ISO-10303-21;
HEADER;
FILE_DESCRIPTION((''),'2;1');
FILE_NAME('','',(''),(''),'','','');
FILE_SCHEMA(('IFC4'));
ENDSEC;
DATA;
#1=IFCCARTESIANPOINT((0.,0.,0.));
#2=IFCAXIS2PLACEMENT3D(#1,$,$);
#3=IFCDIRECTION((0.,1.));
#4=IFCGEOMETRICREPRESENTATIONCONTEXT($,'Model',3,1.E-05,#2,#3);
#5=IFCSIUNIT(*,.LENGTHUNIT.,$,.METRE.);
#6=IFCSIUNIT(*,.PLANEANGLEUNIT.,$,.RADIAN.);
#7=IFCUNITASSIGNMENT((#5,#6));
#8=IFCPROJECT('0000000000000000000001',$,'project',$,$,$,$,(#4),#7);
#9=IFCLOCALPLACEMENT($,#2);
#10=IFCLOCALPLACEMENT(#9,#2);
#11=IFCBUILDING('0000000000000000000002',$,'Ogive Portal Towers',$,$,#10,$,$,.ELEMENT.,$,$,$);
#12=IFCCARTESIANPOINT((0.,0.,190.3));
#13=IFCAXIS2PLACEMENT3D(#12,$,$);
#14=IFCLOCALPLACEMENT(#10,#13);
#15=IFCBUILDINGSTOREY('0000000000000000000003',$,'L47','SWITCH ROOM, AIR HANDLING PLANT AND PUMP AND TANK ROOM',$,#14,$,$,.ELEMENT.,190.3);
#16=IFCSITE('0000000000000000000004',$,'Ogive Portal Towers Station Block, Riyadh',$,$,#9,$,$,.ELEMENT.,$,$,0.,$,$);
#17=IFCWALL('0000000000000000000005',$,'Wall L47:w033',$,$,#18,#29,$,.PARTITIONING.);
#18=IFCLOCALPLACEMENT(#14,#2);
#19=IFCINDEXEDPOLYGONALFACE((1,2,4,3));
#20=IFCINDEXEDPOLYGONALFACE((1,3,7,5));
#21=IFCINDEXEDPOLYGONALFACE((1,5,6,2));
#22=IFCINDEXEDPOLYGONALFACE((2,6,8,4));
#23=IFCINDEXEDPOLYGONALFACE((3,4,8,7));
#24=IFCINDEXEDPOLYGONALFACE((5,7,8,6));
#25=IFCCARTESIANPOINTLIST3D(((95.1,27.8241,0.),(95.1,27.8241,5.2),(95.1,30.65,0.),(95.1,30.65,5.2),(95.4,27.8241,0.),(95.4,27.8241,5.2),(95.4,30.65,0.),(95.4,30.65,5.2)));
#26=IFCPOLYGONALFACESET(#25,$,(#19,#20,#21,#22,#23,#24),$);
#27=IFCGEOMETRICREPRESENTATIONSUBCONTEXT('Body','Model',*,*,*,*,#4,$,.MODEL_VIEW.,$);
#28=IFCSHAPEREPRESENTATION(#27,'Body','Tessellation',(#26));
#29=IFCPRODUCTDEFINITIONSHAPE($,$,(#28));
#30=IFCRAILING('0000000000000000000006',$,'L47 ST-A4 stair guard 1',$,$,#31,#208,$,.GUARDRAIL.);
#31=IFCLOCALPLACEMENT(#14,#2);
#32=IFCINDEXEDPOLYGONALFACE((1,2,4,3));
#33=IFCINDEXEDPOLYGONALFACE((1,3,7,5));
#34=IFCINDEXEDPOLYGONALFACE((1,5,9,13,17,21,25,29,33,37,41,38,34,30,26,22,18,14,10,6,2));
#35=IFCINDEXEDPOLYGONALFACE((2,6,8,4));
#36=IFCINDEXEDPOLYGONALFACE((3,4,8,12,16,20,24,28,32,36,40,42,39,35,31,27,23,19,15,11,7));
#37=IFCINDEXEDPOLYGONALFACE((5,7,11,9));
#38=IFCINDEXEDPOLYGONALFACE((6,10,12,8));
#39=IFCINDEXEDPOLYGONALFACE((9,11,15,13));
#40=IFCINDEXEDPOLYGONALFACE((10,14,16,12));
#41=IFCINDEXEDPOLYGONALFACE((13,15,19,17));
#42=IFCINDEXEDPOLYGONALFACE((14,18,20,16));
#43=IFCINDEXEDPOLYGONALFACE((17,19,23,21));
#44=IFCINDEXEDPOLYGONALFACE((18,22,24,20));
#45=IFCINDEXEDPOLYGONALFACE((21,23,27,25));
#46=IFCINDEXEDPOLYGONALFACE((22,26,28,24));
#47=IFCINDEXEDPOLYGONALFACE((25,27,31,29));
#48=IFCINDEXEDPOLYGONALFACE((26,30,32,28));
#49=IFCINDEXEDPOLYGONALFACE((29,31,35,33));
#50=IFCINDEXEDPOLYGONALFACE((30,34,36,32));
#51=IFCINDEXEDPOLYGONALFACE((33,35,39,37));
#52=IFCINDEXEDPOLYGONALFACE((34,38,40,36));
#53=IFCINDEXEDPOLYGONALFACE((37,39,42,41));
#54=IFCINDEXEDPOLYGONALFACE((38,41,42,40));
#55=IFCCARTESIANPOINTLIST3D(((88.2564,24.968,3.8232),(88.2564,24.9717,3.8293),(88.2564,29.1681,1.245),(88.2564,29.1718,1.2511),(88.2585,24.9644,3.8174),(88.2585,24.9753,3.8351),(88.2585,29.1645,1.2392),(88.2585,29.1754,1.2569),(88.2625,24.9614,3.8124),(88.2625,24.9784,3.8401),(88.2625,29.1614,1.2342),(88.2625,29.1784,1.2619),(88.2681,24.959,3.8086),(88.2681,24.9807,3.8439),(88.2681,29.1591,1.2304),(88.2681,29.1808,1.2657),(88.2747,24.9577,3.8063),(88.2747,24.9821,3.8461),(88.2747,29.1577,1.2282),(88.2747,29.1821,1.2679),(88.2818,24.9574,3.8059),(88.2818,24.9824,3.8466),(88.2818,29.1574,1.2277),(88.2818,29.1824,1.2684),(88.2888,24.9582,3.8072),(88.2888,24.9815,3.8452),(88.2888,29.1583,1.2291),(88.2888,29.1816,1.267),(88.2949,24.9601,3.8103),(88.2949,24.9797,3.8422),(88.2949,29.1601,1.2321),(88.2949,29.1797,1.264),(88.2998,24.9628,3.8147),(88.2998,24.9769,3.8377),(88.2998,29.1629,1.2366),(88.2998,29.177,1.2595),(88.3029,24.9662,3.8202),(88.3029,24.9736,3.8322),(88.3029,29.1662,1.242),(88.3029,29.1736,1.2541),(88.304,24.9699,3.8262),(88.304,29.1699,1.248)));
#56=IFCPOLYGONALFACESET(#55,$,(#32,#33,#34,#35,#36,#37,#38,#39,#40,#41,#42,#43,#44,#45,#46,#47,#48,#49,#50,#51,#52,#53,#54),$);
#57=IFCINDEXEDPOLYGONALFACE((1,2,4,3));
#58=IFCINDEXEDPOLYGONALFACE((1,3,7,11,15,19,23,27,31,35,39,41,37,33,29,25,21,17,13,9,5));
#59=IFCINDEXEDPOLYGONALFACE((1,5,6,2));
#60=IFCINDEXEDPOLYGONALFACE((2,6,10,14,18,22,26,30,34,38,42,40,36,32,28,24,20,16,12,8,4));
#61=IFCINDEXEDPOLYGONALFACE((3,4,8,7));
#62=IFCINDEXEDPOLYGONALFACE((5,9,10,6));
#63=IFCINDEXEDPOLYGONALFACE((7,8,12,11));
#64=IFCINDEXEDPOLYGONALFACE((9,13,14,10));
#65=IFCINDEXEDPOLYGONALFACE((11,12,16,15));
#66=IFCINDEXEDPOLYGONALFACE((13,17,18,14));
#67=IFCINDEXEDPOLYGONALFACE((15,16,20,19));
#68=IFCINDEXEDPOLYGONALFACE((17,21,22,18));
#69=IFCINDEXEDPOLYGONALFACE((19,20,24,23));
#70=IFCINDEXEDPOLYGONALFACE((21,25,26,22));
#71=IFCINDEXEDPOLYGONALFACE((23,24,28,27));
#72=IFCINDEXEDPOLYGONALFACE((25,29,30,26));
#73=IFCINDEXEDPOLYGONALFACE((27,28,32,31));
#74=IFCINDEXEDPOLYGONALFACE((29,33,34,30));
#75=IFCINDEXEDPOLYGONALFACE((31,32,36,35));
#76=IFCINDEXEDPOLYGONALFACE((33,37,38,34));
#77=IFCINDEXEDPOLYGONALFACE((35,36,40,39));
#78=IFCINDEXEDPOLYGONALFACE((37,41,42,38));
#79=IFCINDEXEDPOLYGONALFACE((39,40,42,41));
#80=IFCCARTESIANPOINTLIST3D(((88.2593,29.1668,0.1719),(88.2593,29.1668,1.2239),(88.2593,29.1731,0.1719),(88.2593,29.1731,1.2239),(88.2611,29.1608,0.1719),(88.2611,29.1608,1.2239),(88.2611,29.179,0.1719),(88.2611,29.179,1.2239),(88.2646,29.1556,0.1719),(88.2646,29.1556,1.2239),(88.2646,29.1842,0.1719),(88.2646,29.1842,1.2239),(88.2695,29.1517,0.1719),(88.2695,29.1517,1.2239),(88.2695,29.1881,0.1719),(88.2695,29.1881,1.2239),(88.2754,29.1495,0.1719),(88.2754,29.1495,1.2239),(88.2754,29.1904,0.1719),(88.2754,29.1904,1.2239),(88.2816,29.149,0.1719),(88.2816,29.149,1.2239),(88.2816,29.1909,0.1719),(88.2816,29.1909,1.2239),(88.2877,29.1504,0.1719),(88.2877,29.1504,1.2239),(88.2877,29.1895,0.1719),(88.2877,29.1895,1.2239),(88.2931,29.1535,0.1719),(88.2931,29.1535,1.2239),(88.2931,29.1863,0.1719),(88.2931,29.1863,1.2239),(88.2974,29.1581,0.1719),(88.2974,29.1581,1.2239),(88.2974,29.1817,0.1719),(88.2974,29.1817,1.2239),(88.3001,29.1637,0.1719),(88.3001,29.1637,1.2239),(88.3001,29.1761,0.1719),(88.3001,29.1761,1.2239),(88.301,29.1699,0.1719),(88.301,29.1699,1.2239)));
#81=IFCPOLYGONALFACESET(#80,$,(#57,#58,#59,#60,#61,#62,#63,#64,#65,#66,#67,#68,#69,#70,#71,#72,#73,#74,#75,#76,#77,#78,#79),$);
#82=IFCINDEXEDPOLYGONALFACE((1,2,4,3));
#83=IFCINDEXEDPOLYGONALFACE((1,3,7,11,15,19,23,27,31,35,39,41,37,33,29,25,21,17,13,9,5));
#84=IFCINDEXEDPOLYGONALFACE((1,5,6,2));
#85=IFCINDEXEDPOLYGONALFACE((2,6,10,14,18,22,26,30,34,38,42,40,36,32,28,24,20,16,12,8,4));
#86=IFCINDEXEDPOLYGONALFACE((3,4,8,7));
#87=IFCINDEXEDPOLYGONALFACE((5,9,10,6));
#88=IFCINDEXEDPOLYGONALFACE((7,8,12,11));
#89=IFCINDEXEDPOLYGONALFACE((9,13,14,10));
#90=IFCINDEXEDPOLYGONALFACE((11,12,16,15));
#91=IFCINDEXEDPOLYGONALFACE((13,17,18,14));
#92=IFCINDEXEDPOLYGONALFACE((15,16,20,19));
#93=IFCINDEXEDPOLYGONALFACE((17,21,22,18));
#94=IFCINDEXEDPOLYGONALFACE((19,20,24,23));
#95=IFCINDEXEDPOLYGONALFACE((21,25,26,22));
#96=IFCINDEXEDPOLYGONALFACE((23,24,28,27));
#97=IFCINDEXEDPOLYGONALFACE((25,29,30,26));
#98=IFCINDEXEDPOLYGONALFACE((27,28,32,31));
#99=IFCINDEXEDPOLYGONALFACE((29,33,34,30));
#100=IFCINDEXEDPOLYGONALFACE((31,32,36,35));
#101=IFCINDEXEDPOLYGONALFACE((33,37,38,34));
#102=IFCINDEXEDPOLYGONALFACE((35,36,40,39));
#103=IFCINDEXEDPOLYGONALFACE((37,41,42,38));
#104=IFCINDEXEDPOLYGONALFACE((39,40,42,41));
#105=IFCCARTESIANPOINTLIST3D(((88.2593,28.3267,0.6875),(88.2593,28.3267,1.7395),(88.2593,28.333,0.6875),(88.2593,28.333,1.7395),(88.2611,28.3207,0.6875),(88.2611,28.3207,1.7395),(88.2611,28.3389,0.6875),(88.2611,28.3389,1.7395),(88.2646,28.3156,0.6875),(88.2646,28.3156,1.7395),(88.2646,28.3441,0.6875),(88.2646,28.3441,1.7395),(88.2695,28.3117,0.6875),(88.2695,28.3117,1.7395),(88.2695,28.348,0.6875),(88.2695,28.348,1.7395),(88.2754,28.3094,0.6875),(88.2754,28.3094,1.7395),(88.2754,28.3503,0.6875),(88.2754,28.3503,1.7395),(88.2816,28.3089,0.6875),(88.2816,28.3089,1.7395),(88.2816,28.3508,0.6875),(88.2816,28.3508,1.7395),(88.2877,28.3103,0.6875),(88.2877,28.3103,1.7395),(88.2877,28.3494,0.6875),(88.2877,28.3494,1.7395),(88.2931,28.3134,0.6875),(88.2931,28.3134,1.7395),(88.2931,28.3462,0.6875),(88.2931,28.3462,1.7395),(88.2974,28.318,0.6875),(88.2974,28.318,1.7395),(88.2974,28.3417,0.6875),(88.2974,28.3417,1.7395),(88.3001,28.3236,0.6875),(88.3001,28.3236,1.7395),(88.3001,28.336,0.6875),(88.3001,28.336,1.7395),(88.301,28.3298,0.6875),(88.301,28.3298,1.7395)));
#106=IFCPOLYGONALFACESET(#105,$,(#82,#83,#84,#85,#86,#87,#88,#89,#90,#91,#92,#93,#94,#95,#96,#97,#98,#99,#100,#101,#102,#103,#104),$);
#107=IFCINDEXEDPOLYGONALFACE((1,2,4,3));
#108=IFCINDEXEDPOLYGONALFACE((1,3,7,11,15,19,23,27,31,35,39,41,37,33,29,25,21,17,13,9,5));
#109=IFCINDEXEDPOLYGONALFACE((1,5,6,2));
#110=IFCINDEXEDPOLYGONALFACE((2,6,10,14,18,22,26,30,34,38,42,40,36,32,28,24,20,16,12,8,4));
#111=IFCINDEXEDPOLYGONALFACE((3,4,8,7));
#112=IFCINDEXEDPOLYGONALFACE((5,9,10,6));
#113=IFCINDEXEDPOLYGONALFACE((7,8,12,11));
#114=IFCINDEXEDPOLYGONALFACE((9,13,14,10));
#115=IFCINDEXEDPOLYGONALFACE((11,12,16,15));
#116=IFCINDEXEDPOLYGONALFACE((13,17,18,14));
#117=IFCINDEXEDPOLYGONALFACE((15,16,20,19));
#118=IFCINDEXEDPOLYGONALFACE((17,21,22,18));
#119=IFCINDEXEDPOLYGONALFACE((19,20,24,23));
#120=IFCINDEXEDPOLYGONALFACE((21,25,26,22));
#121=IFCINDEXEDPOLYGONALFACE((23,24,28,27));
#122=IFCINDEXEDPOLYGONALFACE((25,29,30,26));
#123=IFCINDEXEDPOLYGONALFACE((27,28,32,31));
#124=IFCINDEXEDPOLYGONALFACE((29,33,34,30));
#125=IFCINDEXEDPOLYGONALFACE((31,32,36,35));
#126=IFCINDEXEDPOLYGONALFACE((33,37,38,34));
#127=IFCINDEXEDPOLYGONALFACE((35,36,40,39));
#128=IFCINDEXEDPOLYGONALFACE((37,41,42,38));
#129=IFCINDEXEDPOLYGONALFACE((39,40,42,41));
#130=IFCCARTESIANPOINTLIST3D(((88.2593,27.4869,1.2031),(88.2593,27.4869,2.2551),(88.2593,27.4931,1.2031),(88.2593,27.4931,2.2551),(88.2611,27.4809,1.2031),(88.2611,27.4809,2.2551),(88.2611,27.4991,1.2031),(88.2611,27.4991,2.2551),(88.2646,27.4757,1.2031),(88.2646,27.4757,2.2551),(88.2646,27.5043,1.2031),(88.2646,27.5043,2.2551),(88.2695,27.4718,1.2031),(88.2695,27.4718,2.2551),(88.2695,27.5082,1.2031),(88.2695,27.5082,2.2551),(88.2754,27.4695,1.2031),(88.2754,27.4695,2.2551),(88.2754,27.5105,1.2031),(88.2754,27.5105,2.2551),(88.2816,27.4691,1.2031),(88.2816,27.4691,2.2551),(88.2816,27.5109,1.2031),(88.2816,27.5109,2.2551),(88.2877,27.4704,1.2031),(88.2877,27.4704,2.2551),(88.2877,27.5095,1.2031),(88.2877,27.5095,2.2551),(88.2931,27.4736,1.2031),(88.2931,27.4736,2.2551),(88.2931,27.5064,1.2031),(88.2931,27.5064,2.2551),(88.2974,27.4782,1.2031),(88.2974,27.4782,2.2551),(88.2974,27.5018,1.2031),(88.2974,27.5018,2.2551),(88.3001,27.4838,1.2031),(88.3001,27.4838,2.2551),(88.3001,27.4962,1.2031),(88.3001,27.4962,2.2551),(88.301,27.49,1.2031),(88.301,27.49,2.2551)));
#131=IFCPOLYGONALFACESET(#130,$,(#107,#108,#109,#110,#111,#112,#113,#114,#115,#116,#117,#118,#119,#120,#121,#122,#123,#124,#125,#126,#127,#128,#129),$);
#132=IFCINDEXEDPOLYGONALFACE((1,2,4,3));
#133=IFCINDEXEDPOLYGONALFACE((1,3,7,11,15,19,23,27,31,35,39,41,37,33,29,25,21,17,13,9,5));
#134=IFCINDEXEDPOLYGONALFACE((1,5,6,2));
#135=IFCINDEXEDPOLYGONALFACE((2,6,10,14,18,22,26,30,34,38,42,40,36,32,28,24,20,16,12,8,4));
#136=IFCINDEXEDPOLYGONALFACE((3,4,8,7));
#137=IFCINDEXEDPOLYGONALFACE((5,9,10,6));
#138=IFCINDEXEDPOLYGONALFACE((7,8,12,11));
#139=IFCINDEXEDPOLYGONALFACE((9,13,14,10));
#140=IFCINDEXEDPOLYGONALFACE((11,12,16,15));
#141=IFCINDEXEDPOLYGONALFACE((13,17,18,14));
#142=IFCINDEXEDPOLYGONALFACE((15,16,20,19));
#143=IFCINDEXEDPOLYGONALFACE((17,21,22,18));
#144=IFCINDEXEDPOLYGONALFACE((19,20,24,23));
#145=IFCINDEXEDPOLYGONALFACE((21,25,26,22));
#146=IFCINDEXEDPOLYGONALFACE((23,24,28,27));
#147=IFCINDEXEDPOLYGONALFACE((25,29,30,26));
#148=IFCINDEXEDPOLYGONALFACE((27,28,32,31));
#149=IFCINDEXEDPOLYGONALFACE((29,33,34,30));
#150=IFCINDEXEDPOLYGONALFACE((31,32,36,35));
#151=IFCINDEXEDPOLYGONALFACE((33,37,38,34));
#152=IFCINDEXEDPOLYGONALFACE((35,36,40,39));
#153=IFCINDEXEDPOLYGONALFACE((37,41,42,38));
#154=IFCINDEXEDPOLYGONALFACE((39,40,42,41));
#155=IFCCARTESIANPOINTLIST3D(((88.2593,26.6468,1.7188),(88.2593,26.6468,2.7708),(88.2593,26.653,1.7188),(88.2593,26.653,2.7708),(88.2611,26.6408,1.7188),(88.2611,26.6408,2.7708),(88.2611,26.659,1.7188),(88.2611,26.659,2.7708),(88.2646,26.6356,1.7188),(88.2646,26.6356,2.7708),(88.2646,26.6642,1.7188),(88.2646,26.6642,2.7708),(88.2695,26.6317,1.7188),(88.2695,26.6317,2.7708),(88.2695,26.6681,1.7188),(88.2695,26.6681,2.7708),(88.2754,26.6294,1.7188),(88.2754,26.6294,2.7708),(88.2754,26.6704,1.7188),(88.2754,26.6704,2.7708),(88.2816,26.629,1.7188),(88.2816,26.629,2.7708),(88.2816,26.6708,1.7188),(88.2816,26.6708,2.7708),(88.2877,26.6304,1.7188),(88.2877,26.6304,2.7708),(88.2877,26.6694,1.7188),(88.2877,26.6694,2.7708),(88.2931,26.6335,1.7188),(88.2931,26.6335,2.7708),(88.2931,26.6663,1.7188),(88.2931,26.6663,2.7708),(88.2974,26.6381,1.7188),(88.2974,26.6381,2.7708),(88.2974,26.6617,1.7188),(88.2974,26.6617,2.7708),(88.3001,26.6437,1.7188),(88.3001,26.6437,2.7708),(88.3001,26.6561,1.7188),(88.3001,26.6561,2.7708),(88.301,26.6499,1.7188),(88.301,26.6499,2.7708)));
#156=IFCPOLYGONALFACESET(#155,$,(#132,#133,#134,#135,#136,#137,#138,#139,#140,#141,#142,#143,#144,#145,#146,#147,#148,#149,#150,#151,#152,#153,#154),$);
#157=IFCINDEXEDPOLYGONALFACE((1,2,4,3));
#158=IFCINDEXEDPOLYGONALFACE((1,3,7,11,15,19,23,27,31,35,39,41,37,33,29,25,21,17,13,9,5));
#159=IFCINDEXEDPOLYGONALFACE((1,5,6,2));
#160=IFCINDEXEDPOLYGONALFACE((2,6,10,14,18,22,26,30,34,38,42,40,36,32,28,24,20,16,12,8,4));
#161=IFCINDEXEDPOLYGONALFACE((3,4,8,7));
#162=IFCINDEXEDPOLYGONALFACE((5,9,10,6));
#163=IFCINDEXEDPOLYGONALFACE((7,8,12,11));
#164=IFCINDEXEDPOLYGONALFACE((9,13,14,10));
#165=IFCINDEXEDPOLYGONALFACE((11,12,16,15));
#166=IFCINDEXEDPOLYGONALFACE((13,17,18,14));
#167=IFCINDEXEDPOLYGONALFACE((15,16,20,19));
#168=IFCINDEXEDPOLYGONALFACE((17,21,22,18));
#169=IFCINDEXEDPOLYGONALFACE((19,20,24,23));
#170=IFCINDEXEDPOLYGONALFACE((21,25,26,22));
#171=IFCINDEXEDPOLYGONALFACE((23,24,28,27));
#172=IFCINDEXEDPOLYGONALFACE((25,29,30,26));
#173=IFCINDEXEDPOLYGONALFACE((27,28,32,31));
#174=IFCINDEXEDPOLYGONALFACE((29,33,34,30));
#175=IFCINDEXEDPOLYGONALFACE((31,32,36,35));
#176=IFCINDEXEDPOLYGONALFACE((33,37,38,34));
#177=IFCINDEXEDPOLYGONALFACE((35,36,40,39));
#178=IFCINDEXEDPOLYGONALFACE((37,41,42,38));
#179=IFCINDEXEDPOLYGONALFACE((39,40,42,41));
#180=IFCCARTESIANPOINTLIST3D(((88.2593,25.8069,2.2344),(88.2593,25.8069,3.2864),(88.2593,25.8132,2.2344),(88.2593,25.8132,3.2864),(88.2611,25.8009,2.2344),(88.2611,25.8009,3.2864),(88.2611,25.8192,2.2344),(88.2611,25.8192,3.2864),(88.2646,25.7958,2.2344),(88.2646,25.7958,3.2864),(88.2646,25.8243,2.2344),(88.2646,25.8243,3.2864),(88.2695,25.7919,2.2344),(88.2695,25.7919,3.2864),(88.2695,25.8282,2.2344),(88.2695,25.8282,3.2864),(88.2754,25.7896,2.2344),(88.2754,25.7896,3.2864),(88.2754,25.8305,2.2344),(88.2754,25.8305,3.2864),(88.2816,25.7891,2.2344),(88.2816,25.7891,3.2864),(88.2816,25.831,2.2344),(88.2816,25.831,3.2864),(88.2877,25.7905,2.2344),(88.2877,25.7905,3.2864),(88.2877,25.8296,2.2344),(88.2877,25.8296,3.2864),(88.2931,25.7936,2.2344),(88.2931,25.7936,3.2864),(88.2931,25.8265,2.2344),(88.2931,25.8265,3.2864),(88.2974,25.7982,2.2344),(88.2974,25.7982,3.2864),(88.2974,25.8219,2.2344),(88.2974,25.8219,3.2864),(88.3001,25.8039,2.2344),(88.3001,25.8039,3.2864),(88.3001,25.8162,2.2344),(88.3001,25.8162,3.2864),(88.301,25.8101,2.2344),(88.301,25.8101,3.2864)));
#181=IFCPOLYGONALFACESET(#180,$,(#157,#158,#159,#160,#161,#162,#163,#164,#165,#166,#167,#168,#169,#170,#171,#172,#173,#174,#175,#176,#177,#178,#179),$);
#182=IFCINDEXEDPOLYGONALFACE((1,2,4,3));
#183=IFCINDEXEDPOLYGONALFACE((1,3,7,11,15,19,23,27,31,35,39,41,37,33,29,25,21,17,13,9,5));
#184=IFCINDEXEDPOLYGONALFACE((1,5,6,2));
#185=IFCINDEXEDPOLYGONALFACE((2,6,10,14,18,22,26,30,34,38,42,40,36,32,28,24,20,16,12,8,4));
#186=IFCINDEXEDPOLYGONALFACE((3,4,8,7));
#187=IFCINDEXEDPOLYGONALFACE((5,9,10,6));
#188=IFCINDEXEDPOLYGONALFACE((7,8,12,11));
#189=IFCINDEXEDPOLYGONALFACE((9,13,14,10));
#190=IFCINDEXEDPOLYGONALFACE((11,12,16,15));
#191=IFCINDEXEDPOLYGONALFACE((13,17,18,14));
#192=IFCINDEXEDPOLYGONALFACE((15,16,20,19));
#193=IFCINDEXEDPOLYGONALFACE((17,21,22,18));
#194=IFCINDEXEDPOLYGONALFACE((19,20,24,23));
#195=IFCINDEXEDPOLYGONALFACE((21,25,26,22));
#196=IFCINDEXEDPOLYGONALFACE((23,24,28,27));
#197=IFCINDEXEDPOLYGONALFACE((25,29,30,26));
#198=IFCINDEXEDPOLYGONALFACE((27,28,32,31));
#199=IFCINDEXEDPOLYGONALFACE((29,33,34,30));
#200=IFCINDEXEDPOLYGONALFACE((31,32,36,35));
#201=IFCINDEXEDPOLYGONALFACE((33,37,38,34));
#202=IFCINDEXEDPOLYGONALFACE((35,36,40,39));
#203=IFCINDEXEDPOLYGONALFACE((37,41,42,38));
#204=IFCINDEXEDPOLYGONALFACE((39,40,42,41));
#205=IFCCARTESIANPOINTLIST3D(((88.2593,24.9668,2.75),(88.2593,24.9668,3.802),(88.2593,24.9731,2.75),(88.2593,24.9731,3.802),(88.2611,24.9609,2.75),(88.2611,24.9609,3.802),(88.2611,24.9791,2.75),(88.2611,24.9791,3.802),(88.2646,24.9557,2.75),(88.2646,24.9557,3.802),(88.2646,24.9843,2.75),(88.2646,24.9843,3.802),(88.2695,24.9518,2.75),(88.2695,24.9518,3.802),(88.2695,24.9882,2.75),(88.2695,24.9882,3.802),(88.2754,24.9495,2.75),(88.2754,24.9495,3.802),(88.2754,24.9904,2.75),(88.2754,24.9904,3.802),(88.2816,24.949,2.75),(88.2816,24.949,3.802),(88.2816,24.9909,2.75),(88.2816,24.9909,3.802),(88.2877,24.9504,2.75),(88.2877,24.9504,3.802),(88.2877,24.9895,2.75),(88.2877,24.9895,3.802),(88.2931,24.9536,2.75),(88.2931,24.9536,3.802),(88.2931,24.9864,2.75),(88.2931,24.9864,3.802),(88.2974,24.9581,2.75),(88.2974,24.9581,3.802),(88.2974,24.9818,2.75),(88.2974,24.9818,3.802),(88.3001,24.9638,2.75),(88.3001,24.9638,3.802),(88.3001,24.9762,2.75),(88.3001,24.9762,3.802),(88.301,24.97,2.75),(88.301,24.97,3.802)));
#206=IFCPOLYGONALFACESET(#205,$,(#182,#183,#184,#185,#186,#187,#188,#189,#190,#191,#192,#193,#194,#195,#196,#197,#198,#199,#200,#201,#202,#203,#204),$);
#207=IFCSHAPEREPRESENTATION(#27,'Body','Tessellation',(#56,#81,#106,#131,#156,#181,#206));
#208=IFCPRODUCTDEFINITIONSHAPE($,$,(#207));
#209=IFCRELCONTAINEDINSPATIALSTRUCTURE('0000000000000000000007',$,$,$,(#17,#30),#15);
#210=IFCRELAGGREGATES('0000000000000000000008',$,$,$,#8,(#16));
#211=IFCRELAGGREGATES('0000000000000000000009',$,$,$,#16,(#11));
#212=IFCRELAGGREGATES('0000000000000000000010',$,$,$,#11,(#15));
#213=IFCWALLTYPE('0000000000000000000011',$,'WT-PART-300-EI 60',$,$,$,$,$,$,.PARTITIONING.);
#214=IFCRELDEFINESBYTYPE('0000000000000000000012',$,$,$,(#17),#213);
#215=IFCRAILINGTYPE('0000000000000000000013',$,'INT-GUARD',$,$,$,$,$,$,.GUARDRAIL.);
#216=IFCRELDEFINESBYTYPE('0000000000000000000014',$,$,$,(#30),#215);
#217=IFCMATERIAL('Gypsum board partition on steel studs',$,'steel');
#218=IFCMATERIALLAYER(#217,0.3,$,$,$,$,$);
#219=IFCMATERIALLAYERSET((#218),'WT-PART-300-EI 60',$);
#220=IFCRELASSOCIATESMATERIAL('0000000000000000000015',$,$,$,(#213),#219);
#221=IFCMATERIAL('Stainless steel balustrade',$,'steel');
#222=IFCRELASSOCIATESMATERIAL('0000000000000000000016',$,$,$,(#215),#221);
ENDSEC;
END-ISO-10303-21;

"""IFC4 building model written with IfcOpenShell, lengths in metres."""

from ifc_helpers import new_model, si_unit, direction, frame, frame_2d, origin, origin_2d, place, context, subcontext, project, spatial, rectangle, circle, extrude, material, layer, layer_set, type_object, element, save


model = new_model("IFC4")

# Units and contexts
model_context = context("Model", 3, precision=1e-05, world=origin(), true_north=direction((0.0, 1.0)))
body_context = subcontext(model_context, "Body", "Model", "MODEL_VIEW")
ifc_project = project(units=[si_unit("LENGTHUNIT", "METRE"), si_unit("PLANEANGLEUNIT", "RADIAN")], contexts=[model_context])

# Site, building, storey
site_placement = place(None, origin())
site = spatial("IfcSite", under=ifc_project, at=site_placement, Name="Ogive Portal Towers Station Block, Riyadh", CompositionType="ELEMENT", RefElevation=0.0)
building_placement = place(site_placement, origin())
building = spatial("IfcBuilding", under=site, at=building_placement, Name="Ogive Portal Towers", CompositionType="ELEMENT")
storey_placement = place(building_placement, frame((0.0, 0.0, 190.3)))
storey = spatial("IfcBuildingStorey", under=building, at=storey_placement, Name="L47", Description="SWITCH ROOM, AIR HANDLING PLANT AND PUMP AND TANK ROOM", CompositionType="ELEMENT", Elevation=190.3)

# Wall
ifc_material_1 = material(Name="Gypsum board partition on steel studs", Category="steel")
ifc_layer_1 = layer(ifc_material_1, 0.3)
ifc_layer_set_1 = layer_set([ifc_layer_1], Name="WT-PART-300-EI 60")
wall_type_1 = type_object("IfcWallType", Name="WT-PART-300-EI 60", PredefinedType="PARTITIONING", material=ifc_layer_set_1)
wall_1_placement = place(storey_placement, frame((95.25, 27.824, 0.0), z_axis=(0.0, 0.0, 1.0), x_axis=(0.0, 1.0, 0.0)))
element("IfcWall", 1, at=wall_1_placement, inside=storey, type_object=wall_type_1, Name="Wall L47:w033", PredefinedType="PARTITIONING", context=body_context, shape_type="SweptSolid", body=[
    extrude(rectangle(XDim=2.8259, YDim=0.3, at=frame_2d((1.4131, 0.0))), origin(), (0.0, 0.0, 1.0), 5.2),
])

# Railing
ifc_material_2 = material(Name="Stainless steel balustrade", Category="steel")
railing_type_1 = type_object("IfcRailingType", Name="INT-GUARD", PredefinedType="GUARDRAIL", material=ifc_material_2)
railing_1_placement = place(storey_placement, frame((88.28, 29.1699, 0.1719)))
element("IfcRailing", 2, at=railing_1_placement, inside=storey, type_object=railing_type_1, Name="L47 ST-A4 stair guard 1", PredefinedType="GUARDRAIL", context=body_context, shape_type="SweptSolid", body=[
    extrude(circle(Radius=0.0239, at=origin_2d()), frame((0.0, 0.0, 1.0762), z_axis=(0.0, -0.852243, 0.523146), x_axis=(1.0, 0.0, 0.0)), (0.0, 0.0, 1.0), 4.9282),
    extrude(circle(Radius=0.021, at=origin_2d()), origin(), (0.0, 0.0, 1.0), 1.052),
    extrude(circle(Radius=0.021, at=origin_2d()), frame((0.0, -0.8401, 0.5156)), (0.0, 0.0, 1.0), 1.052),
    extrude(circle(Radius=0.021, at=origin_2d()), frame((0.0, -1.6799, 1.0312)), (0.0, 0.0, 1.0), 1.052),
    extrude(circle(Radius=0.021, at=origin_2d()), frame((0.0, -2.52, 1.5469)), (0.0, 0.0, 1.0), 1.052),
    extrude(circle(Radius=0.021, at=origin_2d()), frame((0.0, -3.3599, 2.0625)), (0.0, 0.0, 1.0), 1.052),
    extrude(circle(Radius=0.021, at=origin_2d()), frame((0.0, -4.2, 2.5781)), (0.0, 0.0, 1.0), 1.052),
])

save(model, "model.ifc")
